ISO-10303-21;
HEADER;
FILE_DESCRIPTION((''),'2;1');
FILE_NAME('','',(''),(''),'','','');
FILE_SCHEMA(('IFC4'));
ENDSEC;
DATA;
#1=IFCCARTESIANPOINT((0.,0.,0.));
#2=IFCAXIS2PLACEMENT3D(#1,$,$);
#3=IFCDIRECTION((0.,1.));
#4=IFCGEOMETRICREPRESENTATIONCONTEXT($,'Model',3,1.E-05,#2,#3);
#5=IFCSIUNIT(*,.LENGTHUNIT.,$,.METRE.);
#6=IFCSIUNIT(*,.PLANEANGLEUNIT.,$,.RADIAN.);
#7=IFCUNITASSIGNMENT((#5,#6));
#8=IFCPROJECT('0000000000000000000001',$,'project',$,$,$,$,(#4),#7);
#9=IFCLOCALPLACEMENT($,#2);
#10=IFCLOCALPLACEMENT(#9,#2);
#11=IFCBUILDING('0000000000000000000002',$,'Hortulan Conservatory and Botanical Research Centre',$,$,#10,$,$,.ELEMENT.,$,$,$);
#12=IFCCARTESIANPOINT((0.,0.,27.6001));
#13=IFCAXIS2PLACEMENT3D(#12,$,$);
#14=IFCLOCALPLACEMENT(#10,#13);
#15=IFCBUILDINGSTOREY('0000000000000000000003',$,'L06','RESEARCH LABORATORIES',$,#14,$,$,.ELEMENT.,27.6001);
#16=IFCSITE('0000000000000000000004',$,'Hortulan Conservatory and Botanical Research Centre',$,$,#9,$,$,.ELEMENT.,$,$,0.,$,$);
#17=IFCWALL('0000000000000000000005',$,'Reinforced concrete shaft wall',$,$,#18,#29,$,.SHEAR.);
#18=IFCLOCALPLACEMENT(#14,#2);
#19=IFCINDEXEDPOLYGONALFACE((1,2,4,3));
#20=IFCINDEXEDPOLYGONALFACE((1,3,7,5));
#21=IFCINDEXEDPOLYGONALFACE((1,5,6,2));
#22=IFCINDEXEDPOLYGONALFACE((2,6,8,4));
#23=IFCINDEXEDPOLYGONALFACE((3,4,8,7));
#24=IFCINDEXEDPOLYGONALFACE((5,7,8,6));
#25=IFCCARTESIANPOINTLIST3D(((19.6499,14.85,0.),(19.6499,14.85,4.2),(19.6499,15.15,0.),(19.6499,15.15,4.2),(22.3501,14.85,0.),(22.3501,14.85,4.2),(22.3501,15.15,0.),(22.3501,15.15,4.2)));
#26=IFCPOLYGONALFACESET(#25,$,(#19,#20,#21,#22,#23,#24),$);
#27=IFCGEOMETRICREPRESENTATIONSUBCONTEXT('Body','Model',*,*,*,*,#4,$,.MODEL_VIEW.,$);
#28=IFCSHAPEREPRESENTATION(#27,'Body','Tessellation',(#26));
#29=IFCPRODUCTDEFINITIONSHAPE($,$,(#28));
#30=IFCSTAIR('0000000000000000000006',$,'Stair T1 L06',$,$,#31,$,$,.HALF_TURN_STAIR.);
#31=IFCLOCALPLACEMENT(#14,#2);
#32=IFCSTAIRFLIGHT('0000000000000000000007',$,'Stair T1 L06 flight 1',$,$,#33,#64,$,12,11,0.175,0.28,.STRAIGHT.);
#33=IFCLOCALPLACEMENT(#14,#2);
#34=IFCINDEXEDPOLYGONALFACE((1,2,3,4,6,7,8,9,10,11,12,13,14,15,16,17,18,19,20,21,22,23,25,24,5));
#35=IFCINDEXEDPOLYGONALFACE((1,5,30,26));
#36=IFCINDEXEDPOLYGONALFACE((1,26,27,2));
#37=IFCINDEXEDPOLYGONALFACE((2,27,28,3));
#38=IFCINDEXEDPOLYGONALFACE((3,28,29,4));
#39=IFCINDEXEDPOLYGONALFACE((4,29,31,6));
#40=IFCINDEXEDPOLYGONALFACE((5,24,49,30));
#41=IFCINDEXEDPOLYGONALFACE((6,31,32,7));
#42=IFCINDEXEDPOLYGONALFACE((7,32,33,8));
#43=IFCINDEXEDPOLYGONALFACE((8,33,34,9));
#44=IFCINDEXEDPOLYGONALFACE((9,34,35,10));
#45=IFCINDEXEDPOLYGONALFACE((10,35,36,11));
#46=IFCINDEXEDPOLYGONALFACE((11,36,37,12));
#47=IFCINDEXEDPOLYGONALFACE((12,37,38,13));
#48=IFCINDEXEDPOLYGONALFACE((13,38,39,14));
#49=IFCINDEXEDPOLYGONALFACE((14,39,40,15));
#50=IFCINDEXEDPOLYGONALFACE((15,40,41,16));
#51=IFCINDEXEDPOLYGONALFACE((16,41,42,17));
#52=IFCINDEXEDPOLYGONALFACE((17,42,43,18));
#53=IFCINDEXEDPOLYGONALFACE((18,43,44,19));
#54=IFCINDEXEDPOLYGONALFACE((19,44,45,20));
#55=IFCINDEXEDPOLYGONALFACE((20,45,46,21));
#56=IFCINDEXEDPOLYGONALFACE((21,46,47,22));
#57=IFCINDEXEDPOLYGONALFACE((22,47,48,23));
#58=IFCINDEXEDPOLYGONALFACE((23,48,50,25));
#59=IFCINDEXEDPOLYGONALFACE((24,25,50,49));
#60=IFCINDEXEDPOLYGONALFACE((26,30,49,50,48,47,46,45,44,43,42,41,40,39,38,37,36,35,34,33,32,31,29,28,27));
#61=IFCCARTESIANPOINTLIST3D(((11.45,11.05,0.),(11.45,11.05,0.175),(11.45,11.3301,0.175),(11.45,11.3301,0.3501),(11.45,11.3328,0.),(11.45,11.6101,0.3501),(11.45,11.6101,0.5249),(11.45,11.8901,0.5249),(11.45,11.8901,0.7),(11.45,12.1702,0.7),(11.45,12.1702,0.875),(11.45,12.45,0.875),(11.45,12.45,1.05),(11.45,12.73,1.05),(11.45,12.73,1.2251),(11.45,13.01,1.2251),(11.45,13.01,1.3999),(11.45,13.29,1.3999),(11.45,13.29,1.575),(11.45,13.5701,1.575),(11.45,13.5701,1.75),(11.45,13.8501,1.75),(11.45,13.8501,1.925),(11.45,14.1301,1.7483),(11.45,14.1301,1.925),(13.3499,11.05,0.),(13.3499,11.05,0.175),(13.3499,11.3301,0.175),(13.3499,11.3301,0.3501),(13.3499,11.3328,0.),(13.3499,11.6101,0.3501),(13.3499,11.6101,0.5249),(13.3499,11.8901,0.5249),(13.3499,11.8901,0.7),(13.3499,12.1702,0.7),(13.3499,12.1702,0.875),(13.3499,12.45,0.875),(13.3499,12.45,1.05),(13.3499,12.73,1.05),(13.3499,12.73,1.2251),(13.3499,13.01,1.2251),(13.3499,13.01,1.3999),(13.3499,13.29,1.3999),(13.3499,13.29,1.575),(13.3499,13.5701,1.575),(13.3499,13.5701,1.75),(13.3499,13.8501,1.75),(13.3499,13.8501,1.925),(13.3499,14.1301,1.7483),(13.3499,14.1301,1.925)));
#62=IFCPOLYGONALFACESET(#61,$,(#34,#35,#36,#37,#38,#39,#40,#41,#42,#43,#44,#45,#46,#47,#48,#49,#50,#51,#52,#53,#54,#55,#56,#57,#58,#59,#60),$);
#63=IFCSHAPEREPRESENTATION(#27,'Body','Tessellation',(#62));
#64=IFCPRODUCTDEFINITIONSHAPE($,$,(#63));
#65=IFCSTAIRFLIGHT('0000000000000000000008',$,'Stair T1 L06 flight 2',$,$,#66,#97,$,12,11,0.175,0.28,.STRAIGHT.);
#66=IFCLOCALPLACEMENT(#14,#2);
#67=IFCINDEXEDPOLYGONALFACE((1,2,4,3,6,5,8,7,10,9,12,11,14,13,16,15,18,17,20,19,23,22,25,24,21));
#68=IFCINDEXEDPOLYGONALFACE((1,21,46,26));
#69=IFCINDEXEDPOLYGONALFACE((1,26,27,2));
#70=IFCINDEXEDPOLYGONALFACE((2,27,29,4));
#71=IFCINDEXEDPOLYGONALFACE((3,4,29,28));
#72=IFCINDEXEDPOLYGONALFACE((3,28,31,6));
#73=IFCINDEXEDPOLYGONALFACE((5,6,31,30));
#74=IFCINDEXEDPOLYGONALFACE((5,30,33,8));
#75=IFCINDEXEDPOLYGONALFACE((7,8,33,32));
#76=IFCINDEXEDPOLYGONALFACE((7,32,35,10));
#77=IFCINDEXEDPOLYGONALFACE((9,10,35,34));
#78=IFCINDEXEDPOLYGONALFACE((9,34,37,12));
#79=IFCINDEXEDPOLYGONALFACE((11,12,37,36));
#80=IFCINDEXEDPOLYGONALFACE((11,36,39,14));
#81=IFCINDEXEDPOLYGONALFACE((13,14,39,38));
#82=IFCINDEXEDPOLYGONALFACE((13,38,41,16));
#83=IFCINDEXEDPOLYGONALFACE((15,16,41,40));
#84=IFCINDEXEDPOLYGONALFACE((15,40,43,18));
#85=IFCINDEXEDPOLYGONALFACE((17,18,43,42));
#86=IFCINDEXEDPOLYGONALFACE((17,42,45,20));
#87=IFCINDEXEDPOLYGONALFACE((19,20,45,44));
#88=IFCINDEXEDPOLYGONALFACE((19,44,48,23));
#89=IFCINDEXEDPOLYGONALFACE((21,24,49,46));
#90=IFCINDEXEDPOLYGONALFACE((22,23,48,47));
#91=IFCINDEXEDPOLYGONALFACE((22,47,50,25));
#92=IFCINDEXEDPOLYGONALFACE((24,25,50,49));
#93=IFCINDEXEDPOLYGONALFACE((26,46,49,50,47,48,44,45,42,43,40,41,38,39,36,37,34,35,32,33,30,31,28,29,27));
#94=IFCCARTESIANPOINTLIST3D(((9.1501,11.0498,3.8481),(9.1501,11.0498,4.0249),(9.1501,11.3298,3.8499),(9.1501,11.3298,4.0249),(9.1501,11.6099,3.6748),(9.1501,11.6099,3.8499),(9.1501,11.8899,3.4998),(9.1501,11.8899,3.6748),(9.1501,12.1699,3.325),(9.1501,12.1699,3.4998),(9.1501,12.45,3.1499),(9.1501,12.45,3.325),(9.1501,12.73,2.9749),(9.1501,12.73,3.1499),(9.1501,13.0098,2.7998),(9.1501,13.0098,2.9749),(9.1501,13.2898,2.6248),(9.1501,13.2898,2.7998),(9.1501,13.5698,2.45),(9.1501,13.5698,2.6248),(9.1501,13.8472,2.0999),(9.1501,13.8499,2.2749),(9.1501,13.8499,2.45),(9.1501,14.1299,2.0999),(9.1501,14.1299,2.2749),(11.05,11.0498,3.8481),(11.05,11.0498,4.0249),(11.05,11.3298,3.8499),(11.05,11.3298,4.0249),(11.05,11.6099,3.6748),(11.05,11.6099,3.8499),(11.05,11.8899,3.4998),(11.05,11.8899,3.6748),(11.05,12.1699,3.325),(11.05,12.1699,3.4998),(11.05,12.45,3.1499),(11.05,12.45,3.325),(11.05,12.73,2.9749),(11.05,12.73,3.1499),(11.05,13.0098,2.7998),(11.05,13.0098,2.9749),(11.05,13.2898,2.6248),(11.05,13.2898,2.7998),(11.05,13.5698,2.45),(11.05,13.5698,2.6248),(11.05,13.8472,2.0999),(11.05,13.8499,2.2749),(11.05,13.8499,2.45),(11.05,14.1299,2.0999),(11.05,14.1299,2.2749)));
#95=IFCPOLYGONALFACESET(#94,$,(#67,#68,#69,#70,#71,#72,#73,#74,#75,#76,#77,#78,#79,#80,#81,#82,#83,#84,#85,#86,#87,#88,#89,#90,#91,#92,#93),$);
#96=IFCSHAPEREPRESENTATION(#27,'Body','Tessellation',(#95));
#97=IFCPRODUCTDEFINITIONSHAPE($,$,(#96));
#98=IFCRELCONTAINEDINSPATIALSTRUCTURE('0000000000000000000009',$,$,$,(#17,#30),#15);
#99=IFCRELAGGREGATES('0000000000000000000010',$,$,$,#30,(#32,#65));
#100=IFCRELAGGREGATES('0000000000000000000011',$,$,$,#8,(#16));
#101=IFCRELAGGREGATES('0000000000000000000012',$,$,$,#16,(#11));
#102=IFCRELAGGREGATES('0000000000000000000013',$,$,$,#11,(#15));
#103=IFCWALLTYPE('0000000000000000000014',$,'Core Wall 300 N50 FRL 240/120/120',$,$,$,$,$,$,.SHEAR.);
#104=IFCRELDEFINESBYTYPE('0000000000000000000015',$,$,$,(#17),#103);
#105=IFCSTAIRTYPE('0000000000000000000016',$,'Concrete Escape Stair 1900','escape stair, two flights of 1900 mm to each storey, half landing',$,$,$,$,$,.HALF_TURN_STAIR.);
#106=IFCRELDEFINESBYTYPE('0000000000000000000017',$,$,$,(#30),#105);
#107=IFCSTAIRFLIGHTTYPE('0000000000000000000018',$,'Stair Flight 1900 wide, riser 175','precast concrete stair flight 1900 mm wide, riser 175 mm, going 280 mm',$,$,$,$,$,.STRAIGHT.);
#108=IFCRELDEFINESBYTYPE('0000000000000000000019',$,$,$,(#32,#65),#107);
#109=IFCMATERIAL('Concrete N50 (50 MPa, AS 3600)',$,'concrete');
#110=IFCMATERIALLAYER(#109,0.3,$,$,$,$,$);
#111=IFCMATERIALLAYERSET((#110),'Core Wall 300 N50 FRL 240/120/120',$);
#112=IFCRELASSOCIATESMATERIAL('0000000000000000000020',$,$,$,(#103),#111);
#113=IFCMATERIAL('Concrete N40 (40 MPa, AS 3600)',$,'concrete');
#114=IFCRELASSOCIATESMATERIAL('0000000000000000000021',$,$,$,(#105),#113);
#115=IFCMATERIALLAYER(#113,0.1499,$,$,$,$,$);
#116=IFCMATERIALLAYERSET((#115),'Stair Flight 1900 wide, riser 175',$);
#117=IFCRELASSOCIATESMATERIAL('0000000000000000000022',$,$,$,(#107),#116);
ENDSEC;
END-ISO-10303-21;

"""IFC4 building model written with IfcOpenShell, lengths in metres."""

from ifc_helpers import new_model, si_unit, direction, frame, frame_2d, origin, place, context, subcontext, project, spatial, polyline, rectangle, outline, extrude, material, layer, layer_set, type_object, element, aggregate, save


model = new_model("IFC4")

# Units and contexts
model_context = context("Model", 3, precision=1e-05, world=origin(), true_north=direction((0.0, 1.0)))
body_context = subcontext(model_context, "Body", "Model", "MODEL_VIEW")
ifc_project = project(units=[si_unit("LENGTHUNIT", "METRE"), si_unit("PLANEANGLEUNIT", "RADIAN")], contexts=[model_context])

# Site, building, storey
site_placement = place(None, origin())
site = spatial("IfcSite", under=ifc_project, at=site_placement, Name="Hortulan Conservatory and Botanical Research Centre", CompositionType="ELEMENT", RefElevation=0.0)
building_placement = place(site_placement, origin())
building = spatial("IfcBuilding", under=site, at=building_placement, Name="Hortulan Conservatory and Botanical Research Centre", CompositionType="ELEMENT")
storey_placement = place(building_placement, frame((0.0, 0.0, 27.6001)))
storey = spatial("IfcBuildingStorey", under=building, at=storey_placement, Name="L06", Description="RESEARCH LABORATORIES", CompositionType="ELEMENT", Elevation=27.6001)

# Shared definitions
ifc_material_1 = material(Name="Concrete N50 (50 MPa, AS 3600)", Category="concrete")
ifc_layer_1 = layer(ifc_material_1, 0.3)
ifc_layer_set_1 = layer_set([ifc_layer_1], Name="Core Wall 300 N50 FRL 240/120/120")
wall_type = type_object("IfcWallType", Name="Core Wall 300 N50 FRL 240/120/120", PredefinedType="SHEAR", material=ifc_layer_set_1)

# Wall
for number, where, z_axis, x_axis, name in (
    (1, (19.6499, 15.0, 0.0), (0.0, 0.0, 1.0), (1.0, 0.0, 0.0), "Reinforced concrete shaft wall"),
):
    element("IfcWall", number, at=place(storey_placement, frame(where, z_axis=z_axis, x_axis=x_axis)), inside=storey, type_object=wall_type, Name=name, PredefinedType="SHEAR", context=body_context, shape_type="SweptSolid", body=[
        extrude(rectangle(XDim=2.7002, YDim=0.3, at=frame_2d((1.3501, 0.0))), origin(), (0.0, 0.0, 1.0), 4.2),
    ])

# Stair, stair flights
ifc_material_2 = material(Name="Concrete N40 (40 MPa, AS 3600)", Category="concrete")
stair_type = type_object("IfcStairType", Name="Concrete Escape Stair 1900", Description="escape stair, two flights of 1900 mm to each storey, half landing", PredefinedType="HALF_TURN_STAIR", material=ifc_material_2)
stair_placement = place(storey_placement, origin())
stair = element("IfcStair", 2, at=stair_placement, inside=storey, type_object=stair_type, Name="Stair T1 L06", PredefinedType="HALF_TURN_STAIR")
ifc_layer_2 = layer(ifc_material_2, 0.1499)
ifc_layer_set_2 = layer_set([ifc_layer_2], Name="Stair Flight 1900 wide, riser 175")
stair_flight_type = type_object("IfcStairFlightType", Name="Stair Flight 1900 wide, riser 175", Description="precast concrete stair flight 1900 mm wide, riser 175 mm, going 280 mm", PredefinedType="STRAIGHT", material=ifc_layer_set_2)
stair_flight_1_placement = place(storey_placement, frame((12.3999, 11.05, 0.0), z_axis=(0.0, 0.0, 1.0), x_axis=(0.0, 1.0, 0.0)))
stair_flight_1 = element("IfcStairFlight", 3, at=stair_flight_1_placement, type_object=stair_flight_type, Name="Stair T1 L06 flight 1", NumberOfRisers=12, NumberOfTreads=11, PredefinedType="STRAIGHT", RiserHeight=0.175, TreadLength=0.28, context=body_context, shape_type="SweptSolid", body=[
    extrude(outline(polyline([(0.0, 0.0), (0.0, 0.175), (0.28, 0.175), (0.28, 0.3501), (0.5601, 0.3501), (0.5601, 0.5249), (0.8401, 0.5249), (0.8401, 0.7), (1.1201, 0.7), (1.1201, 0.875), (1.3999, 0.875), (1.3999, 1.05), (1.6799, 1.05), (1.6799, 1.2251), (1.96, 1.2251), (1.96, 1.3999), (2.24, 1.3999), (2.24, 1.575), (2.52, 1.575), (2.52, 1.75), (2.8, 1.75), (2.8, 1.925), (3.0801, 1.925), (3.0801, 2.1001), (3.0801, 1.7483), (0.2827, 0.0), (0.0, 0.0)])), frame((0.0, 0.95, 0.0), z_axis=(0.0, -1.0, 0.0), x_axis=(1.0, 0.0, 0.0)), (0.0, 0.0, 1.0), 1.8999),
])
stair_flight_2_placement = place(storey_placement, frame((10.1001, 14.1299, 2.0999), z_axis=(0.0, 0.0, 1.0), x_axis=(0.0, -1.0, 0.0)))
stair_flight_2 = element("IfcStairFlight", 4, at=stair_flight_2_placement, type_object=stair_flight_type, Name="Stair T1 L06 flight 2", NumberOfRisers=12, NumberOfTreads=11, PredefinedType="STRAIGHT", RiserHeight=0.175, TreadLength=0.28, context=body_context, shape_type="SweptSolid", body=[
    extrude(outline(polyline([(0.0, 0.0), (0.0, 0.175), (0.28, 0.175), (0.28, 0.3501), (0.5601, 0.3501), (0.5601, 0.5249), (0.8401, 0.5249), (0.8401, 0.7), (1.1201, 0.7), (1.1201, 0.875), (1.3999, 0.875), (1.3999, 1.05), (1.6799, 1.05), (1.6799, 1.2251), (1.96, 1.2251), (1.96, 1.3999), (2.24, 1.3999), (2.24, 1.575), (2.52, 1.575), (2.52, 1.75), (2.8, 1.75), (2.8, 1.925), (3.0801, 1.925), (3.0801, 2.1001), (3.0801, 1.7483), (0.2827, 0.0), (0.0, 0.0)])), frame((0.0, 0.95, 0.0), z_axis=(0.0, -1.0, 0.0), x_axis=(1.0, 0.0, 0.0)), (0.0, 0.0, 1.0), 1.8999),
])
aggregate(stair, [stair_flight_1, stair_flight_2])

save(model, "model.ifc")
